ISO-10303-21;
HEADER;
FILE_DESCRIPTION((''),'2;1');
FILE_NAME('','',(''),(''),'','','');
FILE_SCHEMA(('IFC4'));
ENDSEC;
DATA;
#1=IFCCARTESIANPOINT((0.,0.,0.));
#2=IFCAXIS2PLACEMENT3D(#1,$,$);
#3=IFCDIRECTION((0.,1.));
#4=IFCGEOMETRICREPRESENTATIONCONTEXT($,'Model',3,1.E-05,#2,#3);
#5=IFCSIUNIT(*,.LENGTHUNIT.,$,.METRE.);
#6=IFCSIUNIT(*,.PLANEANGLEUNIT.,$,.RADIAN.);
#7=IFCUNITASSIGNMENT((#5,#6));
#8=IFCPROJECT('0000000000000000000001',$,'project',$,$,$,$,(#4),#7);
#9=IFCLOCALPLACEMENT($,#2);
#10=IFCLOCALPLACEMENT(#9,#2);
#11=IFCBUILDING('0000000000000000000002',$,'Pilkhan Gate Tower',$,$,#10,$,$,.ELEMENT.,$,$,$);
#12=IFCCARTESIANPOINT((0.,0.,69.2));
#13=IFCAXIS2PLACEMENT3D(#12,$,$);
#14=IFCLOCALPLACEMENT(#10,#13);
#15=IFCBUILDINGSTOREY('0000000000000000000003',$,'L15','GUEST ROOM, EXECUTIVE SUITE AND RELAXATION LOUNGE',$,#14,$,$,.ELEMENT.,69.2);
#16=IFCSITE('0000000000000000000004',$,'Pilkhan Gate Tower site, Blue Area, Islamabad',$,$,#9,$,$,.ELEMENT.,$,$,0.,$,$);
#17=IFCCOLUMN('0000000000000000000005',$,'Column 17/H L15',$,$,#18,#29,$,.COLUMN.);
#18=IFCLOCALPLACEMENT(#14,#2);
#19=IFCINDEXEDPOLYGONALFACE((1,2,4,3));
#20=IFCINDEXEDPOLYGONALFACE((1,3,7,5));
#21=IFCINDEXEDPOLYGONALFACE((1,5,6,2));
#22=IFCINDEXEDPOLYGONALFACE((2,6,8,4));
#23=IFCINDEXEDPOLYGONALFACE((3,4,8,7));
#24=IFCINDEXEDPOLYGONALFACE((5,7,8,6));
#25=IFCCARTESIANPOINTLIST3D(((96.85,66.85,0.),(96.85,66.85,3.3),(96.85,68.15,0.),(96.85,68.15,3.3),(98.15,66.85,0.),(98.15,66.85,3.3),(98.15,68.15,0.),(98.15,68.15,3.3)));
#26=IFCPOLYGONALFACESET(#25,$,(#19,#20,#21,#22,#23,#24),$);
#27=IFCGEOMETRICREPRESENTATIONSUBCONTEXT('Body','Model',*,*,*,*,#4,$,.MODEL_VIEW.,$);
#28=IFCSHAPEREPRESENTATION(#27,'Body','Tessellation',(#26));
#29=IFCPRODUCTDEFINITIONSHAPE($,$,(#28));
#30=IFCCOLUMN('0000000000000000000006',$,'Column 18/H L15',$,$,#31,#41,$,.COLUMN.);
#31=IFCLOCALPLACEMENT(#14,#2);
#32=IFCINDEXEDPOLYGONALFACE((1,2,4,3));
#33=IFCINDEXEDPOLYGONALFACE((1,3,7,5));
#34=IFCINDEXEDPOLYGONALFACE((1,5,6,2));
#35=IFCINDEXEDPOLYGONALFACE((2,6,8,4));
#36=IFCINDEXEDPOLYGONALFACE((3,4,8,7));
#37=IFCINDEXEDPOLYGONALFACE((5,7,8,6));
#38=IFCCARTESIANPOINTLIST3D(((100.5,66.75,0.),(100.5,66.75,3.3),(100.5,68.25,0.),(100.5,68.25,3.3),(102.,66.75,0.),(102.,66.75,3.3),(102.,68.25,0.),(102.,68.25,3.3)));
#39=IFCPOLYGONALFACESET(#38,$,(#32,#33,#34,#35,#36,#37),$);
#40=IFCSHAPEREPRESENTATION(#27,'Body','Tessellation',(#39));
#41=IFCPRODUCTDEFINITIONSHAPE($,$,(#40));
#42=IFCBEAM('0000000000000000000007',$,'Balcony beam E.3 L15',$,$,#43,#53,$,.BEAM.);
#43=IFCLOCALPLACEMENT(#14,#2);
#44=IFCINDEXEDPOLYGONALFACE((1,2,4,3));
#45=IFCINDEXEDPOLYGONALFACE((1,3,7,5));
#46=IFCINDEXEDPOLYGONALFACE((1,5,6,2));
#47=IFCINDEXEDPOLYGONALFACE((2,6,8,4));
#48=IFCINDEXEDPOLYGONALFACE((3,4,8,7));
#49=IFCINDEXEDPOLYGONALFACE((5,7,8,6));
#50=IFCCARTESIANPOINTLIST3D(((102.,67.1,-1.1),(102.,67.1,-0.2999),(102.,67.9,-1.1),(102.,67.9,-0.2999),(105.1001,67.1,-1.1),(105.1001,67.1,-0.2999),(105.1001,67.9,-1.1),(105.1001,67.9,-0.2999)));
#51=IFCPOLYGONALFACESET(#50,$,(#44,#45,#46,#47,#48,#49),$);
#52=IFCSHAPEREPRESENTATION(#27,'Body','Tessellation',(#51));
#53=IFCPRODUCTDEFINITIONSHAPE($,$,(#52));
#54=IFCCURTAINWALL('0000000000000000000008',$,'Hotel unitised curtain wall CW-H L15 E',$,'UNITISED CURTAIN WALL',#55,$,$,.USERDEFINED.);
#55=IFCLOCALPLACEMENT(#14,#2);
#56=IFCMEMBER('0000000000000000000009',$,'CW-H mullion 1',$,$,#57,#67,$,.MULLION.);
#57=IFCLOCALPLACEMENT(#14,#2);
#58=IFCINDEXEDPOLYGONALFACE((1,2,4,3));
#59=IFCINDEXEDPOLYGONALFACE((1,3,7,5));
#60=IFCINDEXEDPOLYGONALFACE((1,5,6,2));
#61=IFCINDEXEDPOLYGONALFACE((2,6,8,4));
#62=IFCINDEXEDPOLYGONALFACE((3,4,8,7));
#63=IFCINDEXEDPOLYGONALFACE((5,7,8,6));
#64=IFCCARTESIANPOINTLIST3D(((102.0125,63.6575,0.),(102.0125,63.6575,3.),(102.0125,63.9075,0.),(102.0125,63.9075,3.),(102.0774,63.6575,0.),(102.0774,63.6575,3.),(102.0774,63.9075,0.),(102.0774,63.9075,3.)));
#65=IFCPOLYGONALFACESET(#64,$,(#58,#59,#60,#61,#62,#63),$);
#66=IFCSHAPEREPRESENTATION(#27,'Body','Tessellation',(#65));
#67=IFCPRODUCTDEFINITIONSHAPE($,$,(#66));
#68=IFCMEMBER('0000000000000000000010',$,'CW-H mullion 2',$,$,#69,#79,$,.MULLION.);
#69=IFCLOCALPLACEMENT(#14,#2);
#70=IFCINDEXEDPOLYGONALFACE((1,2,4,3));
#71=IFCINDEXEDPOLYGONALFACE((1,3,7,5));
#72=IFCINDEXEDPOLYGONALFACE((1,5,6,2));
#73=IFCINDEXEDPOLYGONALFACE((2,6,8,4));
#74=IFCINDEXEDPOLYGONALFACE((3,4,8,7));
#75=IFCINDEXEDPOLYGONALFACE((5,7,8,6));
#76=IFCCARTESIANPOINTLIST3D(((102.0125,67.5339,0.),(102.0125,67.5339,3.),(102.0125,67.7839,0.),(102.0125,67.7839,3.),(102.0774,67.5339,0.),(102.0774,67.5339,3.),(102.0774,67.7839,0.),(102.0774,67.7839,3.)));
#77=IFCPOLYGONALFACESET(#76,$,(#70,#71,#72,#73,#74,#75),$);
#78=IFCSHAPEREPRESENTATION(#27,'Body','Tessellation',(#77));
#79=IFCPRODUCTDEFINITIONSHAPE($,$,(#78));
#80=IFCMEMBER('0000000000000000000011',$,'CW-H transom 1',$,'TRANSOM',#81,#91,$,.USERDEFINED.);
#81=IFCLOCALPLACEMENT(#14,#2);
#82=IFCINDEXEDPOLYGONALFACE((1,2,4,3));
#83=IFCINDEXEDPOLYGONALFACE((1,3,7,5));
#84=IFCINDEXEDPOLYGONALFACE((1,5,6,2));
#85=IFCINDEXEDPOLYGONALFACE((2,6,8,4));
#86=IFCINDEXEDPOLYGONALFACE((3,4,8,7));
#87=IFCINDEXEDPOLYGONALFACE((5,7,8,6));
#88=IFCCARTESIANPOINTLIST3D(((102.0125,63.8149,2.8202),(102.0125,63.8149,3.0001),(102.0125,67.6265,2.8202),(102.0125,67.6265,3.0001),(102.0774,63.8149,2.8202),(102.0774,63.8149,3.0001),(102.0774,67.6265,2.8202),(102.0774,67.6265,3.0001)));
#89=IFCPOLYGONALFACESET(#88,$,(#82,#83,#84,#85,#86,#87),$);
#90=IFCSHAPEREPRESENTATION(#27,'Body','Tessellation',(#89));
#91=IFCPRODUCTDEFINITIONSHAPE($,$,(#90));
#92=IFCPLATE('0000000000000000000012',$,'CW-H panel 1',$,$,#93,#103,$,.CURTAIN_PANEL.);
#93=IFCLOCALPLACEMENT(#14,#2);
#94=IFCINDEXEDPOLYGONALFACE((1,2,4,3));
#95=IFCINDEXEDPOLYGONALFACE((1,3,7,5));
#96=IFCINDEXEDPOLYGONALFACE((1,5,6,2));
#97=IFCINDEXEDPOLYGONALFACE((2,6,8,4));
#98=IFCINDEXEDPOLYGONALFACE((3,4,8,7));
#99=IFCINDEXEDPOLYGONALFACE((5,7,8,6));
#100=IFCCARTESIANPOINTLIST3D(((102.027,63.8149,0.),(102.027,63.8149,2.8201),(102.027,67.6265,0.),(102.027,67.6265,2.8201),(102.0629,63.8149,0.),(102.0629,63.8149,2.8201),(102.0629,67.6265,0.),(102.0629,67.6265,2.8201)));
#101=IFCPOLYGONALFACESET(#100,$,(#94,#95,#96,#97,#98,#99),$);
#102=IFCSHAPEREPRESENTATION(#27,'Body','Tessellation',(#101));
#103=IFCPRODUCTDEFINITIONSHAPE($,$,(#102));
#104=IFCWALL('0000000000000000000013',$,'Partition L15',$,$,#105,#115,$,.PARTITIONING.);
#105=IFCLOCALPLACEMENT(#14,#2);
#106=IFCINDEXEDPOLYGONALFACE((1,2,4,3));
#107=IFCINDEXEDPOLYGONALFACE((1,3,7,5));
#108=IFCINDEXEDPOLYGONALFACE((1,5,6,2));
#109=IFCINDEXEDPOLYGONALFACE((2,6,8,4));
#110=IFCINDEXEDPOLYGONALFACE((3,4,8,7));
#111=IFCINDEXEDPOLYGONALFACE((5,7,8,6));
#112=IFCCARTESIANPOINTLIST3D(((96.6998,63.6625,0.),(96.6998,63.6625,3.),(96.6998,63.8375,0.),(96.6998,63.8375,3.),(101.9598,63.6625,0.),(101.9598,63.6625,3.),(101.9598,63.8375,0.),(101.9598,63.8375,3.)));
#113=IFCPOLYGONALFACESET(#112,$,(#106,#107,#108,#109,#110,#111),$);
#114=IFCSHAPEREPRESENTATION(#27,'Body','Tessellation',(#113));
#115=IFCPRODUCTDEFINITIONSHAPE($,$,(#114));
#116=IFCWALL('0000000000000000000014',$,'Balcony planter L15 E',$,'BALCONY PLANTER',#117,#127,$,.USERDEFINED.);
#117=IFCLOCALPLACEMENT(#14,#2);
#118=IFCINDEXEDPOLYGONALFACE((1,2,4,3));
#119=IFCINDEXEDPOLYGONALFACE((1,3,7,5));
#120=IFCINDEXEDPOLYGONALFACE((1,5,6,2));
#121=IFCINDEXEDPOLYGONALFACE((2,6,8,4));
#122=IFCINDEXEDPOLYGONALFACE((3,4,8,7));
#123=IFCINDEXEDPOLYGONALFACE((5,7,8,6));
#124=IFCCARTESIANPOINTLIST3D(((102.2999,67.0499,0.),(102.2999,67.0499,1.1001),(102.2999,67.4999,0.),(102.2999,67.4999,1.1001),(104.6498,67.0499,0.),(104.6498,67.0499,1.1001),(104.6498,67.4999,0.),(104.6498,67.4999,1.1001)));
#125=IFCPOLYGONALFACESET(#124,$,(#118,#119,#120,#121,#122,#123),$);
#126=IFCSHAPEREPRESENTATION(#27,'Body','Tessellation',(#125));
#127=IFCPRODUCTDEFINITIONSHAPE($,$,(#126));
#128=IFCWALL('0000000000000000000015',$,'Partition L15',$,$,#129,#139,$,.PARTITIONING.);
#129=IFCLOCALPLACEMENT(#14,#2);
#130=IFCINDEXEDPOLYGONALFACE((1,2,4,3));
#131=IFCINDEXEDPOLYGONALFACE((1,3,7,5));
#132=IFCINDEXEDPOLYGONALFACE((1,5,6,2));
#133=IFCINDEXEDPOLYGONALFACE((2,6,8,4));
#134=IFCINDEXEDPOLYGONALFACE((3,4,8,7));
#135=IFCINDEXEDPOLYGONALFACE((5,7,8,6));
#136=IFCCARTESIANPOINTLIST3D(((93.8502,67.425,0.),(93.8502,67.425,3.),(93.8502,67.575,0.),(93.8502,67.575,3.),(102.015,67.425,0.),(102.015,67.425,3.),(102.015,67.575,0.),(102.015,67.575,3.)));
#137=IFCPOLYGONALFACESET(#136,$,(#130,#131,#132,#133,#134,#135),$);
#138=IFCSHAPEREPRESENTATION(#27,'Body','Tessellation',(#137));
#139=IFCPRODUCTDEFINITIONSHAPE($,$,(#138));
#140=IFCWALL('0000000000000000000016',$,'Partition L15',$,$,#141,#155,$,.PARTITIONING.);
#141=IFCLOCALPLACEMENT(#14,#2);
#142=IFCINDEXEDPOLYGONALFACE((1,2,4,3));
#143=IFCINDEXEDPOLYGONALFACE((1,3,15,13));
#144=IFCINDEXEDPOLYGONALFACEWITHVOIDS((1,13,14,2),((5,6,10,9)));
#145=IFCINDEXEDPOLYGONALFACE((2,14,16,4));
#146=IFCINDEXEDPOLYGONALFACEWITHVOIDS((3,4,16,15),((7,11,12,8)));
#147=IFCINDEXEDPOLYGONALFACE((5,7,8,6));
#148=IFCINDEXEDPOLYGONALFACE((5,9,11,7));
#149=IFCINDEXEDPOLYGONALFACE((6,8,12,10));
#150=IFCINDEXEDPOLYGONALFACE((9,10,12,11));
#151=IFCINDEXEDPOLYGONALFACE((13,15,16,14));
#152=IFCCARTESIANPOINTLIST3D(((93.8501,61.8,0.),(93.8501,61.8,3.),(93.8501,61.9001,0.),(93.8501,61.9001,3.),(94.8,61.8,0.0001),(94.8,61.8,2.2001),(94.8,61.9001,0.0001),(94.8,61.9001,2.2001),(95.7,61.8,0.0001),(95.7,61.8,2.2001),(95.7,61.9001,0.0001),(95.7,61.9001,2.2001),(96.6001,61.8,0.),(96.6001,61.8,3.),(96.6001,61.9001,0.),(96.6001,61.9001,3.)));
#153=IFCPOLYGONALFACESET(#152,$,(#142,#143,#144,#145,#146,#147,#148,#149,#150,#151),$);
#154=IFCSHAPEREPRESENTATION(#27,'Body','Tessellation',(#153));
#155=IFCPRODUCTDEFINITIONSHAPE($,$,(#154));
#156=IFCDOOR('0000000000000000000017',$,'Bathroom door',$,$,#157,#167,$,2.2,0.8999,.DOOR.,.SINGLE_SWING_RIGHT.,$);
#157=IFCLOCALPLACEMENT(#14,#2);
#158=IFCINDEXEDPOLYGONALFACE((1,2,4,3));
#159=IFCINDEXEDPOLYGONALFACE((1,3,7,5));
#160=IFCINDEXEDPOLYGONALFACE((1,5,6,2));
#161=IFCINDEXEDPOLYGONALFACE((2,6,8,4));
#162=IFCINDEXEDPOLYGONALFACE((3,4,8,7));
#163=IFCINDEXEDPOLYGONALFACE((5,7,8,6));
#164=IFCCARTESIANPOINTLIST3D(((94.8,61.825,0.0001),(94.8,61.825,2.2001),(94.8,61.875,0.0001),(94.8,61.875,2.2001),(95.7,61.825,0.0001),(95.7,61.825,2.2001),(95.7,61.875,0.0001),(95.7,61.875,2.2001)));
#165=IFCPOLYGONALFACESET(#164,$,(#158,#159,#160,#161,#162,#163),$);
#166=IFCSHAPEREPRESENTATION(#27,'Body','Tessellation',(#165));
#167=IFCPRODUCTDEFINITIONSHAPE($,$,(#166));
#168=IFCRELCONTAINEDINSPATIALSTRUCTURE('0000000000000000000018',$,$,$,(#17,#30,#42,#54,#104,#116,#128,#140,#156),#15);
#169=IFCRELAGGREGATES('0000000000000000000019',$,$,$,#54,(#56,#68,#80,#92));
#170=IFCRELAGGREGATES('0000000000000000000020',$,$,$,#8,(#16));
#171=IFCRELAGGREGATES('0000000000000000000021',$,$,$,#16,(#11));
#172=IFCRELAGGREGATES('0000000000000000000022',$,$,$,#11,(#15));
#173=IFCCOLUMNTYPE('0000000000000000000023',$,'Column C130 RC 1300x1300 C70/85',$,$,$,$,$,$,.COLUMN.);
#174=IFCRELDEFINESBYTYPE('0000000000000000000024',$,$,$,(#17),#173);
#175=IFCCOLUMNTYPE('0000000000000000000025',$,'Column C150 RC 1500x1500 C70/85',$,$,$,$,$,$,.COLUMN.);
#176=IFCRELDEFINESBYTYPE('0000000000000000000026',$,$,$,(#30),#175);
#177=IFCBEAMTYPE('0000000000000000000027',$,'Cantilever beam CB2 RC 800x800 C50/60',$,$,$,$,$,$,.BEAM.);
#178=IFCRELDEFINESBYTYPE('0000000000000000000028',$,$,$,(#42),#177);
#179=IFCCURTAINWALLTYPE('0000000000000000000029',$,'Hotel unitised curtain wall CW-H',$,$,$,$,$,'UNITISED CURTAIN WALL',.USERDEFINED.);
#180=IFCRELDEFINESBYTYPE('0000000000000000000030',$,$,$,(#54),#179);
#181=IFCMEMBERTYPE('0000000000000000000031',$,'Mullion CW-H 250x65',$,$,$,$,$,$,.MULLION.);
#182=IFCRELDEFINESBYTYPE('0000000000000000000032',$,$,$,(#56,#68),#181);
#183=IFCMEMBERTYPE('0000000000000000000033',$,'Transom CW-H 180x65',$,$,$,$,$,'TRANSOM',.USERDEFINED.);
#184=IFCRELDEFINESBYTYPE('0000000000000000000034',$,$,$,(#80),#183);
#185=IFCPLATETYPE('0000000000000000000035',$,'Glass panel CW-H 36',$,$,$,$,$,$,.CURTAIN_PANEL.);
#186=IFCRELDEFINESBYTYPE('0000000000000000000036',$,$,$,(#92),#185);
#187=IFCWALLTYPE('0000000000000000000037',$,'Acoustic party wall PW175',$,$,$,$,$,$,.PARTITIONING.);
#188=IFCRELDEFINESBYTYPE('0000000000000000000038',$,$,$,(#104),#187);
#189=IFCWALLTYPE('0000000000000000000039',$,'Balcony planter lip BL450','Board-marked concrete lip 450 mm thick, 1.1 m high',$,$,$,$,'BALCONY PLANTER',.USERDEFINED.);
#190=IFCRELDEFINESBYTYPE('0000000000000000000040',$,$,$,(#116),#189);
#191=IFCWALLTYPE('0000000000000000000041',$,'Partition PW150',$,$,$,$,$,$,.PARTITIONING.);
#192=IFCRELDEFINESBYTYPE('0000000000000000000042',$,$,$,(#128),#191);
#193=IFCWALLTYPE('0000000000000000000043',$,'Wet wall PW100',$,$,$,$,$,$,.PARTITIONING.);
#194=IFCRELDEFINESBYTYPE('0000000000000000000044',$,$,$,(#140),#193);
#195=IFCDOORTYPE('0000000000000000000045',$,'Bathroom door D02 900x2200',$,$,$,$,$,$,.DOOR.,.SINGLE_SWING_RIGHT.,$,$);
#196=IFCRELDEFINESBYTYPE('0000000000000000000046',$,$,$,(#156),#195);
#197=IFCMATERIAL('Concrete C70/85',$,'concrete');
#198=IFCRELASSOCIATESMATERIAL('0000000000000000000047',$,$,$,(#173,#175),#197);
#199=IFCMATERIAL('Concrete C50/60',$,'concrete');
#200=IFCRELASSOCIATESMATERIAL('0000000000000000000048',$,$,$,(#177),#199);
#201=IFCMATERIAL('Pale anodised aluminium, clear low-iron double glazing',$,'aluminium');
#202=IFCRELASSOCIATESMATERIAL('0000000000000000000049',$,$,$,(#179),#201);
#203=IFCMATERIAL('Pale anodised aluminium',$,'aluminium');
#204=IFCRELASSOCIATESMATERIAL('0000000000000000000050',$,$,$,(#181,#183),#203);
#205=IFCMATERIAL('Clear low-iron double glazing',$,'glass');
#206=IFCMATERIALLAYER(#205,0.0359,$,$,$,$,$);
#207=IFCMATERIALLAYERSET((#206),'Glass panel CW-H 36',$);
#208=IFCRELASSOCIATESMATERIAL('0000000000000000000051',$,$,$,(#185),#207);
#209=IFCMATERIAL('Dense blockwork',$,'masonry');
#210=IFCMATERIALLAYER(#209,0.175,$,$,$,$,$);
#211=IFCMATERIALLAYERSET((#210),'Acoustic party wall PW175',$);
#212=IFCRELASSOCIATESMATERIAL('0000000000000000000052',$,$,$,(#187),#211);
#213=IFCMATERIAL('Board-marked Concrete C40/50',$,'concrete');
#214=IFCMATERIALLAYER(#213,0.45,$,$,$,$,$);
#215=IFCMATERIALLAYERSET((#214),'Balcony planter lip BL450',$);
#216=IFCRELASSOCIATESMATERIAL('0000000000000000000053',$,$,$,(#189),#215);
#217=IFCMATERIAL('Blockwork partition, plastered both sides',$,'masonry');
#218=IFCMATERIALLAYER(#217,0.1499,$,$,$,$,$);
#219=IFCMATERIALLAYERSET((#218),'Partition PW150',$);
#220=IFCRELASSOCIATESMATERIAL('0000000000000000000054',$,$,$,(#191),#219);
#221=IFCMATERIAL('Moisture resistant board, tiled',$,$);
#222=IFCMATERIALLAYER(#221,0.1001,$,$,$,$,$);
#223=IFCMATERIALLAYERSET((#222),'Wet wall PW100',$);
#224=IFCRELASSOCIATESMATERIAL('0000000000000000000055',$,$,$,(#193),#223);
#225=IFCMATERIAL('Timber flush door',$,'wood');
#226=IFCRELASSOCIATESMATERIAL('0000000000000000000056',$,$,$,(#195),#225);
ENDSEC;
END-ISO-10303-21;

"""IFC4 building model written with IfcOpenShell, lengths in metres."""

from ifc_helpers import new_model, si_unit, direction, frame, frame_2d, origin, origin_2d, place, context, subcontext, project, spatial, rectangle, extrude, material, layer, layer_set, material_profile, profile_set, type_object, element, fill, aggregate, save


model = new_model("IFC4")

# Units and contexts
model_context = context("Model", 3, precision=1e-05, world=origin(), true_north=direction((0.0, 1.0)))
body_context = subcontext(model_context, "Body", "Model", "MODEL_VIEW")
ifc_project = project(units=[si_unit("LENGTHUNIT", "METRE"), si_unit("PLANEANGLEUNIT", "RADIAN")], contexts=[model_context])

# Site, building, storey
site_placement = place(None, origin())
site = spatial("IfcSite", under=ifc_project, at=site_placement, Name="Pilkhan Gate Tower site, Blue Area, Islamabad", CompositionType="ELEMENT", RefElevation=0.0)
building_placement = place(site_placement, origin())
building = spatial("IfcBuilding", under=site, at=building_placement, Name="Pilkhan Gate Tower", CompositionType="ELEMENT")
storey_placement = place(building_placement, frame((0.0, 0.0, 69.2)))
storey = spatial("IfcBuildingStorey", under=building, at=storey_placement, Name="L15", Description="GUEST ROOM, EXECUTIVE SUITE AND RELAXATION LOUNGE", CompositionType="ELEMENT", Elevation=69.2)

# Columns
ifc_material_1 = material(Name="Concrete C70/85", Category="concrete")
ifc_material_profile_1 = material_profile(ifc_material_1, rectangle(XDim=1.3, YDim=1.3, at=origin_2d()), Name="RC 1300x1300")
ifc_profile_set_1 = profile_set([ifc_material_profile_1], Name="Concrete C70/85")
column_type_1 = type_object("IfcColumnType", Name="Column C130 RC 1300x1300 C70/85", PredefinedType="COLUMN", material=ifc_profile_set_1)
column_1_placement = place(storey_placement, frame((97.5, 67.5, 0.0), z_axis=(0.0, 0.0, 1.0), x_axis=(1.0, 0.0, 0.0)))
element("IfcColumn", 1, at=column_1_placement, inside=storey, type_object=column_type_1, Name="Column 17/H L15", PredefinedType="COLUMN", context=body_context, shape_type="SweptSolid", body=[
    extrude(rectangle(XDim=1.3, YDim=1.3, at=origin_2d()), origin(), (0.0, 0.0, 1.0), 3.3),
])
ifc_material_profile_2 = material_profile(ifc_material_1, rectangle(XDim=1.5, YDim=1.5, at=origin_2d()), Name="RC 1500x1500")
ifc_profile_set_2 = profile_set([ifc_material_profile_2], Name="Concrete C70/85")
column_type_2 = type_object("IfcColumnType", Name="Column C150 RC 1500x1500 C70/85", PredefinedType="COLUMN", material=ifc_profile_set_2)
column_2_placement = place(storey_placement, frame((101.25, 67.5, 0.0), z_axis=(0.0, 0.0, 1.0), x_axis=(1.0, 0.0, 0.0)))
element("IfcColumn", 2, at=column_2_placement, inside=storey, type_object=column_type_2, Name="Column 18/H L15", PredefinedType="COLUMN", context=body_context, shape_type="SweptSolid", body=[
    extrude(rectangle(XDim=1.5, YDim=1.5, at=origin_2d()), origin(), (0.0, 0.0, 1.0), 3.3),
])

# Beam
ifc_material_2 = material(Name="Concrete C50/60", Category="concrete")
ifc_material_profile_3 = material_profile(ifc_material_2, rectangle(XDim=0.8, YDim=0.8, at=origin_2d()), Name="RC 800x800")
ifc_profile_set_3 = profile_set([ifc_material_profile_3], Name="Concrete C50/60")
beam_type = type_object("IfcBeamType", Name="Cantilever beam CB2 RC 800x800 C50/60", PredefinedType="BEAM", material=ifc_profile_set_3)
beam_placement = place(storey_placement, frame((102.0, 67.5, -0.7), z_axis=(1.0, 0.0, 0.0), x_axis=(0.0, 1.0, 0.0)))
element("IfcBeam", 3, at=beam_placement, inside=storey, type_object=beam_type, Name="Balcony beam E.3 L15", PredefinedType="BEAM", context=body_context, shape_type="SweptSolid", body=[
    extrude(rectangle(XDim=0.8, YDim=0.8, at=origin_2d()), origin(), (0.0, 0.0, 1.0), 3.1001),
])

# Curtain wall, members, plate
ifc_material_3 = material(Name="Pale anodised aluminium, clear low-iron double glazing", Category="aluminium")
curtain_wall_type = type_object("IfcCurtainWallType", Name="Hotel unitised curtain wall CW-H", ElementType="UNITISED CURTAIN WALL", PredefinedType="USERDEFINED", material=ifc_material_3)
curtain_wall_placement = place(storey_placement, origin())
curtain_wall = element("IfcCurtainWall", 4, at=curtain_wall_placement, inside=storey, type_object=curtain_wall_type, Name="Hotel unitised curtain wall CW-H L15 E", ObjectType="UNITISED CURTAIN WALL", PredefinedType="USERDEFINED")
ifc_material_4 = material(Name="Pale anodised aluminium", Category="aluminium")
ifc_material_profile_4 = material_profile(ifc_material_4, rectangle(XDim=0.0649, YDim=0.25, at=origin_2d()), Name="Mullion 250x65")
ifc_profile_set_4 = profile_set([ifc_material_profile_4], Name="Pale anodised aluminium")
member_type_1 = type_object("IfcMemberType", Name="Mullion CW-H 250x65", PredefinedType="MULLION", material=ifc_profile_set_4)
member_1_placement = place(storey_placement, frame((102.0449, 63.7825, 0.0), z_axis=(0.0, 0.0, 1.0), x_axis=(-1.0, 0.0, 0.0)))
member_1 = element("IfcMember", 5, at=member_1_placement, type_object=member_type_1, Name="CW-H mullion 1", PredefinedType="MULLION", context=body_context, shape_type="SweptSolid", body=[
    extrude(rectangle(XDim=0.0649, YDim=0.25, at=origin_2d()), origin(), (0.0, 0.0, 1.0), 3.0),
])
member_2_placement = place(storey_placement, frame((102.0449, 67.6589, 0.0), z_axis=(0.0, 0.0, 1.0), x_axis=(-1.0, 0.0, 0.0)))
member_2 = element("IfcMember", 6, at=member_2_placement, type_object=member_type_1, Name="CW-H mullion 2", PredefinedType="MULLION", context=body_context, shape_type="SweptSolid", body=[
    extrude(rectangle(XDim=0.0649, YDim=0.25, at=origin_2d()), origin(), (0.0, 0.0, 1.0), 3.0),
])
ifc_material_profile_5 = material_profile(ifc_material_4, rectangle(XDim=0.0649, YDim=0.1799, at=origin_2d()), Name="Transom 180x65")
ifc_profile_set_5 = profile_set([ifc_material_profile_5], Name="Pale anodised aluminium")
member_type_2 = type_object("IfcMemberType", Name="Transom CW-H 180x65", ElementType="TRANSOM", PredefinedType="USERDEFINED", material=ifc_profile_set_5)
member_3_placement = place(storey_placement, frame((102.0449, 63.8149, 2.9102), z_axis=(0.0, 1.0, 0.0), x_axis=(-1.0, 0.0, 0.0)))
member_3 = element("IfcMember", 7, at=member_3_placement, type_object=member_type_2, Name="CW-H transom 1", ObjectType="TRANSOM", PredefinedType="USERDEFINED", context=body_context, shape_type="SweptSolid", body=[
    extrude(rectangle(XDim=0.0649, YDim=0.1799, at=origin_2d()), origin(), (0.0, 0.0, 1.0), 3.8115),
])
ifc_material_5 = material(Name="Clear low-iron double glazing", Category="glass")
ifc_layer_1 = layer(ifc_material_5, 0.0359)
ifc_layer_set_1 = layer_set([ifc_layer_1], Name="Glass panel CW-H 36")
plate_type = type_object("IfcPlateType", Name="Glass panel CW-H 36", PredefinedType="CURTAIN_PANEL", material=ifc_layer_set_1)
plate_placement = place(storey_placement, frame((102.0449, 65.7207, 0.0), z_axis=(0.0, 0.0, 1.0), x_axis=(0.0, 1.0, 0.0)))
plate = element("IfcPlate", 8, at=plate_placement, type_object=plate_type, Name="CW-H panel 1", PredefinedType="CURTAIN_PANEL", context=body_context, shape_type="SweptSolid", body=[
    extrude(rectangle(XDim=3.8115, YDim=0.0359, at=origin_2d()), origin(), (0.0, 0.0, 1.0), 2.8201),
])
aggregate(curtain_wall, [member_1, member_2, member_3, plate])

# Walls
ifc_material_6 = material(Name="Dense blockwork", Category="masonry")
ifc_layer_2 = layer(ifc_material_6, 0.175)
ifc_layer_set_2 = layer_set([ifc_layer_2], Name="Acoustic party wall PW175")
wall_type_1 = type_object("IfcWallType", Name="Acoustic party wall PW175", PredefinedType="PARTITIONING", material=ifc_layer_set_2)
wall_1_placement = place(storey_placement, frame((96.7, 63.75, 0.0), z_axis=(0.0, 0.0, 1.0), x_axis=(1.0, 0.0, 0.0)))
element("IfcWall", 9, at=wall_1_placement, inside=storey, type_object=wall_type_1, Name="Partition L15", PredefinedType="PARTITIONING", context=body_context, shape_type="SweptSolid", body=[
    extrude(rectangle(XDim=5.26, YDim=0.175, at=frame_2d((2.6299, 0.0))), origin(), (0.0, 0.0, 1.0), 3.0),
])
ifc_material_7 = material(Name="Board-marked Concrete C40/50", Category="concrete")
ifc_layer_3 = layer(ifc_material_7, 0.45)
ifc_layer_set_3 = layer_set([ifc_layer_3], Name="Balcony planter lip BL450")
wall_type_2 = type_object("IfcWallType", Name="Balcony planter lip BL450", Description="Board-marked concrete lip 450 mm thick, 1.1 m high", ElementType="BALCONY PLANTER", PredefinedType="USERDEFINED", material=ifc_layer_set_3)
wall_2_placement = place(storey_placement, frame((102.3, 67.2749, 0.0), z_axis=(0.0, 0.0, 1.0), x_axis=(1.0, 0.0, 0.0)))
element("IfcWall", 10, at=wall_2_placement, inside=storey, type_object=wall_type_2, Name="Balcony planter L15 E", ObjectType="BALCONY PLANTER", PredefinedType="USERDEFINED", context=body_context, shape_type="SweptSolid", body=[
    extrude(rectangle(XDim=2.3499, YDim=0.45, at=frame_2d((1.1748, 0.0))), origin(), (0.0, 0.0, 1.0), 1.1001),
])
ifc_material_8 = material(Name="Blockwork partition, plastered both sides", Category="masonry")
ifc_layer_4 = layer(ifc_material_8, 0.1499)
ifc_layer_set_4 = layer_set([ifc_layer_4], Name="Partition PW150")
wall_type_3 = type_object("IfcWallType", Name="Partition PW150", PredefinedType="PARTITIONING", material=ifc_layer_set_4)
wall_3_placement = place(storey_placement, frame((93.8501, 67.5, 0.0), z_axis=(0.0, 0.0, 1.0), x_axis=(1.0, 0.0, 0.0)))
element("IfcWall", 11, at=wall_3_placement, inside=storey, type_object=wall_type_3, Name="Partition L15", PredefinedType="PARTITIONING", context=body_context, shape_type="SweptSolid", body=[
    extrude(rectangle(XDim=8.1648, YDim=0.1499, at=frame_2d((4.0825, 0.0))), origin(), (0.0, 0.0, 1.0), 3.0),
])

# Wall, opening, door
ifc_material_9 = material(Name="Moisture resistant board, tiled")
ifc_layer_5 = layer(ifc_material_9, 0.1001)
ifc_layer_set_5 = layer_set([ifc_layer_5], Name="Wet wall PW100")
wall_type_4 = type_object("IfcWallType", Name="Wet wall PW100", PredefinedType="PARTITIONING", material=ifc_layer_set_5)
wall_4_placement = place(storey_placement, frame((93.8501, 61.8501, 0.0), z_axis=(0.0, 0.0, 1.0), x_axis=(1.0, 0.0, 0.0)))
wall_4 = element("IfcWall", 12, at=wall_4_placement, inside=storey, type_object=wall_type_4, Name="Partition L15", PredefinedType="PARTITIONING", context=body_context, shape_type="SweptSolid", body=[
    extrude(rectangle(XDim=2.75, YDim=0.1001, at=frame_2d((1.375, 0.0))), origin(), (0.0, 0.0, 1.0), 3.0),
])
opening_1_placement = place(wall_4_placement, frame((0.95, 0.0, 0.0)))
opening_1 = element("IfcOpeningElement", 13, at=opening_1_placement, cuts=wall_4, PredefinedType="OPENING", context=body_context, shape_type="SweptSolid", body=[
    extrude(rectangle(XDim=0.8999, YDim=2.2, at=frame_2d((0.45, 1.1001))), frame((0.0, 0.0601, 0.0), z_axis=(0.0, -1.0, 0.0), x_axis=(1.0, 0.0, 0.0)), (0.0, 0.0, 1.0), 0.1201),
])
ifc_material_10 = material(Name="Timber flush door", Category="wood")
door_type = type_object("IfcDoorType", Name="Bathroom door D02 900x2200", OperationType="SINGLE_SWING_RIGHT", PredefinedType="DOOR", material=ifc_material_10)
door_1_placement = place(opening_1_placement, origin())
door_1 = element("IfcDoor", 14, at=door_1_placement, inside=storey, type_object=door_type, Name="Bathroom door", OperationType="SINGLE_SWING_RIGHT", OverallHeight=2.2, OverallWidth=0.8999, PredefinedType="DOOR", context=body_context, shape_type="SweptSolid", body=[
    extrude(rectangle(XDim=0.8999, YDim=2.2, at=frame_2d((0.45, 1.1001))), frame((0.0, 0.0249, 0.0), z_axis=(0.0, -1.0, 0.0), x_axis=(1.0, 0.0, 0.0)), (0.0, 0.0, 1.0), 0.05),
])
fill(opening_1, door_1)

save(model, "model.ifc")
